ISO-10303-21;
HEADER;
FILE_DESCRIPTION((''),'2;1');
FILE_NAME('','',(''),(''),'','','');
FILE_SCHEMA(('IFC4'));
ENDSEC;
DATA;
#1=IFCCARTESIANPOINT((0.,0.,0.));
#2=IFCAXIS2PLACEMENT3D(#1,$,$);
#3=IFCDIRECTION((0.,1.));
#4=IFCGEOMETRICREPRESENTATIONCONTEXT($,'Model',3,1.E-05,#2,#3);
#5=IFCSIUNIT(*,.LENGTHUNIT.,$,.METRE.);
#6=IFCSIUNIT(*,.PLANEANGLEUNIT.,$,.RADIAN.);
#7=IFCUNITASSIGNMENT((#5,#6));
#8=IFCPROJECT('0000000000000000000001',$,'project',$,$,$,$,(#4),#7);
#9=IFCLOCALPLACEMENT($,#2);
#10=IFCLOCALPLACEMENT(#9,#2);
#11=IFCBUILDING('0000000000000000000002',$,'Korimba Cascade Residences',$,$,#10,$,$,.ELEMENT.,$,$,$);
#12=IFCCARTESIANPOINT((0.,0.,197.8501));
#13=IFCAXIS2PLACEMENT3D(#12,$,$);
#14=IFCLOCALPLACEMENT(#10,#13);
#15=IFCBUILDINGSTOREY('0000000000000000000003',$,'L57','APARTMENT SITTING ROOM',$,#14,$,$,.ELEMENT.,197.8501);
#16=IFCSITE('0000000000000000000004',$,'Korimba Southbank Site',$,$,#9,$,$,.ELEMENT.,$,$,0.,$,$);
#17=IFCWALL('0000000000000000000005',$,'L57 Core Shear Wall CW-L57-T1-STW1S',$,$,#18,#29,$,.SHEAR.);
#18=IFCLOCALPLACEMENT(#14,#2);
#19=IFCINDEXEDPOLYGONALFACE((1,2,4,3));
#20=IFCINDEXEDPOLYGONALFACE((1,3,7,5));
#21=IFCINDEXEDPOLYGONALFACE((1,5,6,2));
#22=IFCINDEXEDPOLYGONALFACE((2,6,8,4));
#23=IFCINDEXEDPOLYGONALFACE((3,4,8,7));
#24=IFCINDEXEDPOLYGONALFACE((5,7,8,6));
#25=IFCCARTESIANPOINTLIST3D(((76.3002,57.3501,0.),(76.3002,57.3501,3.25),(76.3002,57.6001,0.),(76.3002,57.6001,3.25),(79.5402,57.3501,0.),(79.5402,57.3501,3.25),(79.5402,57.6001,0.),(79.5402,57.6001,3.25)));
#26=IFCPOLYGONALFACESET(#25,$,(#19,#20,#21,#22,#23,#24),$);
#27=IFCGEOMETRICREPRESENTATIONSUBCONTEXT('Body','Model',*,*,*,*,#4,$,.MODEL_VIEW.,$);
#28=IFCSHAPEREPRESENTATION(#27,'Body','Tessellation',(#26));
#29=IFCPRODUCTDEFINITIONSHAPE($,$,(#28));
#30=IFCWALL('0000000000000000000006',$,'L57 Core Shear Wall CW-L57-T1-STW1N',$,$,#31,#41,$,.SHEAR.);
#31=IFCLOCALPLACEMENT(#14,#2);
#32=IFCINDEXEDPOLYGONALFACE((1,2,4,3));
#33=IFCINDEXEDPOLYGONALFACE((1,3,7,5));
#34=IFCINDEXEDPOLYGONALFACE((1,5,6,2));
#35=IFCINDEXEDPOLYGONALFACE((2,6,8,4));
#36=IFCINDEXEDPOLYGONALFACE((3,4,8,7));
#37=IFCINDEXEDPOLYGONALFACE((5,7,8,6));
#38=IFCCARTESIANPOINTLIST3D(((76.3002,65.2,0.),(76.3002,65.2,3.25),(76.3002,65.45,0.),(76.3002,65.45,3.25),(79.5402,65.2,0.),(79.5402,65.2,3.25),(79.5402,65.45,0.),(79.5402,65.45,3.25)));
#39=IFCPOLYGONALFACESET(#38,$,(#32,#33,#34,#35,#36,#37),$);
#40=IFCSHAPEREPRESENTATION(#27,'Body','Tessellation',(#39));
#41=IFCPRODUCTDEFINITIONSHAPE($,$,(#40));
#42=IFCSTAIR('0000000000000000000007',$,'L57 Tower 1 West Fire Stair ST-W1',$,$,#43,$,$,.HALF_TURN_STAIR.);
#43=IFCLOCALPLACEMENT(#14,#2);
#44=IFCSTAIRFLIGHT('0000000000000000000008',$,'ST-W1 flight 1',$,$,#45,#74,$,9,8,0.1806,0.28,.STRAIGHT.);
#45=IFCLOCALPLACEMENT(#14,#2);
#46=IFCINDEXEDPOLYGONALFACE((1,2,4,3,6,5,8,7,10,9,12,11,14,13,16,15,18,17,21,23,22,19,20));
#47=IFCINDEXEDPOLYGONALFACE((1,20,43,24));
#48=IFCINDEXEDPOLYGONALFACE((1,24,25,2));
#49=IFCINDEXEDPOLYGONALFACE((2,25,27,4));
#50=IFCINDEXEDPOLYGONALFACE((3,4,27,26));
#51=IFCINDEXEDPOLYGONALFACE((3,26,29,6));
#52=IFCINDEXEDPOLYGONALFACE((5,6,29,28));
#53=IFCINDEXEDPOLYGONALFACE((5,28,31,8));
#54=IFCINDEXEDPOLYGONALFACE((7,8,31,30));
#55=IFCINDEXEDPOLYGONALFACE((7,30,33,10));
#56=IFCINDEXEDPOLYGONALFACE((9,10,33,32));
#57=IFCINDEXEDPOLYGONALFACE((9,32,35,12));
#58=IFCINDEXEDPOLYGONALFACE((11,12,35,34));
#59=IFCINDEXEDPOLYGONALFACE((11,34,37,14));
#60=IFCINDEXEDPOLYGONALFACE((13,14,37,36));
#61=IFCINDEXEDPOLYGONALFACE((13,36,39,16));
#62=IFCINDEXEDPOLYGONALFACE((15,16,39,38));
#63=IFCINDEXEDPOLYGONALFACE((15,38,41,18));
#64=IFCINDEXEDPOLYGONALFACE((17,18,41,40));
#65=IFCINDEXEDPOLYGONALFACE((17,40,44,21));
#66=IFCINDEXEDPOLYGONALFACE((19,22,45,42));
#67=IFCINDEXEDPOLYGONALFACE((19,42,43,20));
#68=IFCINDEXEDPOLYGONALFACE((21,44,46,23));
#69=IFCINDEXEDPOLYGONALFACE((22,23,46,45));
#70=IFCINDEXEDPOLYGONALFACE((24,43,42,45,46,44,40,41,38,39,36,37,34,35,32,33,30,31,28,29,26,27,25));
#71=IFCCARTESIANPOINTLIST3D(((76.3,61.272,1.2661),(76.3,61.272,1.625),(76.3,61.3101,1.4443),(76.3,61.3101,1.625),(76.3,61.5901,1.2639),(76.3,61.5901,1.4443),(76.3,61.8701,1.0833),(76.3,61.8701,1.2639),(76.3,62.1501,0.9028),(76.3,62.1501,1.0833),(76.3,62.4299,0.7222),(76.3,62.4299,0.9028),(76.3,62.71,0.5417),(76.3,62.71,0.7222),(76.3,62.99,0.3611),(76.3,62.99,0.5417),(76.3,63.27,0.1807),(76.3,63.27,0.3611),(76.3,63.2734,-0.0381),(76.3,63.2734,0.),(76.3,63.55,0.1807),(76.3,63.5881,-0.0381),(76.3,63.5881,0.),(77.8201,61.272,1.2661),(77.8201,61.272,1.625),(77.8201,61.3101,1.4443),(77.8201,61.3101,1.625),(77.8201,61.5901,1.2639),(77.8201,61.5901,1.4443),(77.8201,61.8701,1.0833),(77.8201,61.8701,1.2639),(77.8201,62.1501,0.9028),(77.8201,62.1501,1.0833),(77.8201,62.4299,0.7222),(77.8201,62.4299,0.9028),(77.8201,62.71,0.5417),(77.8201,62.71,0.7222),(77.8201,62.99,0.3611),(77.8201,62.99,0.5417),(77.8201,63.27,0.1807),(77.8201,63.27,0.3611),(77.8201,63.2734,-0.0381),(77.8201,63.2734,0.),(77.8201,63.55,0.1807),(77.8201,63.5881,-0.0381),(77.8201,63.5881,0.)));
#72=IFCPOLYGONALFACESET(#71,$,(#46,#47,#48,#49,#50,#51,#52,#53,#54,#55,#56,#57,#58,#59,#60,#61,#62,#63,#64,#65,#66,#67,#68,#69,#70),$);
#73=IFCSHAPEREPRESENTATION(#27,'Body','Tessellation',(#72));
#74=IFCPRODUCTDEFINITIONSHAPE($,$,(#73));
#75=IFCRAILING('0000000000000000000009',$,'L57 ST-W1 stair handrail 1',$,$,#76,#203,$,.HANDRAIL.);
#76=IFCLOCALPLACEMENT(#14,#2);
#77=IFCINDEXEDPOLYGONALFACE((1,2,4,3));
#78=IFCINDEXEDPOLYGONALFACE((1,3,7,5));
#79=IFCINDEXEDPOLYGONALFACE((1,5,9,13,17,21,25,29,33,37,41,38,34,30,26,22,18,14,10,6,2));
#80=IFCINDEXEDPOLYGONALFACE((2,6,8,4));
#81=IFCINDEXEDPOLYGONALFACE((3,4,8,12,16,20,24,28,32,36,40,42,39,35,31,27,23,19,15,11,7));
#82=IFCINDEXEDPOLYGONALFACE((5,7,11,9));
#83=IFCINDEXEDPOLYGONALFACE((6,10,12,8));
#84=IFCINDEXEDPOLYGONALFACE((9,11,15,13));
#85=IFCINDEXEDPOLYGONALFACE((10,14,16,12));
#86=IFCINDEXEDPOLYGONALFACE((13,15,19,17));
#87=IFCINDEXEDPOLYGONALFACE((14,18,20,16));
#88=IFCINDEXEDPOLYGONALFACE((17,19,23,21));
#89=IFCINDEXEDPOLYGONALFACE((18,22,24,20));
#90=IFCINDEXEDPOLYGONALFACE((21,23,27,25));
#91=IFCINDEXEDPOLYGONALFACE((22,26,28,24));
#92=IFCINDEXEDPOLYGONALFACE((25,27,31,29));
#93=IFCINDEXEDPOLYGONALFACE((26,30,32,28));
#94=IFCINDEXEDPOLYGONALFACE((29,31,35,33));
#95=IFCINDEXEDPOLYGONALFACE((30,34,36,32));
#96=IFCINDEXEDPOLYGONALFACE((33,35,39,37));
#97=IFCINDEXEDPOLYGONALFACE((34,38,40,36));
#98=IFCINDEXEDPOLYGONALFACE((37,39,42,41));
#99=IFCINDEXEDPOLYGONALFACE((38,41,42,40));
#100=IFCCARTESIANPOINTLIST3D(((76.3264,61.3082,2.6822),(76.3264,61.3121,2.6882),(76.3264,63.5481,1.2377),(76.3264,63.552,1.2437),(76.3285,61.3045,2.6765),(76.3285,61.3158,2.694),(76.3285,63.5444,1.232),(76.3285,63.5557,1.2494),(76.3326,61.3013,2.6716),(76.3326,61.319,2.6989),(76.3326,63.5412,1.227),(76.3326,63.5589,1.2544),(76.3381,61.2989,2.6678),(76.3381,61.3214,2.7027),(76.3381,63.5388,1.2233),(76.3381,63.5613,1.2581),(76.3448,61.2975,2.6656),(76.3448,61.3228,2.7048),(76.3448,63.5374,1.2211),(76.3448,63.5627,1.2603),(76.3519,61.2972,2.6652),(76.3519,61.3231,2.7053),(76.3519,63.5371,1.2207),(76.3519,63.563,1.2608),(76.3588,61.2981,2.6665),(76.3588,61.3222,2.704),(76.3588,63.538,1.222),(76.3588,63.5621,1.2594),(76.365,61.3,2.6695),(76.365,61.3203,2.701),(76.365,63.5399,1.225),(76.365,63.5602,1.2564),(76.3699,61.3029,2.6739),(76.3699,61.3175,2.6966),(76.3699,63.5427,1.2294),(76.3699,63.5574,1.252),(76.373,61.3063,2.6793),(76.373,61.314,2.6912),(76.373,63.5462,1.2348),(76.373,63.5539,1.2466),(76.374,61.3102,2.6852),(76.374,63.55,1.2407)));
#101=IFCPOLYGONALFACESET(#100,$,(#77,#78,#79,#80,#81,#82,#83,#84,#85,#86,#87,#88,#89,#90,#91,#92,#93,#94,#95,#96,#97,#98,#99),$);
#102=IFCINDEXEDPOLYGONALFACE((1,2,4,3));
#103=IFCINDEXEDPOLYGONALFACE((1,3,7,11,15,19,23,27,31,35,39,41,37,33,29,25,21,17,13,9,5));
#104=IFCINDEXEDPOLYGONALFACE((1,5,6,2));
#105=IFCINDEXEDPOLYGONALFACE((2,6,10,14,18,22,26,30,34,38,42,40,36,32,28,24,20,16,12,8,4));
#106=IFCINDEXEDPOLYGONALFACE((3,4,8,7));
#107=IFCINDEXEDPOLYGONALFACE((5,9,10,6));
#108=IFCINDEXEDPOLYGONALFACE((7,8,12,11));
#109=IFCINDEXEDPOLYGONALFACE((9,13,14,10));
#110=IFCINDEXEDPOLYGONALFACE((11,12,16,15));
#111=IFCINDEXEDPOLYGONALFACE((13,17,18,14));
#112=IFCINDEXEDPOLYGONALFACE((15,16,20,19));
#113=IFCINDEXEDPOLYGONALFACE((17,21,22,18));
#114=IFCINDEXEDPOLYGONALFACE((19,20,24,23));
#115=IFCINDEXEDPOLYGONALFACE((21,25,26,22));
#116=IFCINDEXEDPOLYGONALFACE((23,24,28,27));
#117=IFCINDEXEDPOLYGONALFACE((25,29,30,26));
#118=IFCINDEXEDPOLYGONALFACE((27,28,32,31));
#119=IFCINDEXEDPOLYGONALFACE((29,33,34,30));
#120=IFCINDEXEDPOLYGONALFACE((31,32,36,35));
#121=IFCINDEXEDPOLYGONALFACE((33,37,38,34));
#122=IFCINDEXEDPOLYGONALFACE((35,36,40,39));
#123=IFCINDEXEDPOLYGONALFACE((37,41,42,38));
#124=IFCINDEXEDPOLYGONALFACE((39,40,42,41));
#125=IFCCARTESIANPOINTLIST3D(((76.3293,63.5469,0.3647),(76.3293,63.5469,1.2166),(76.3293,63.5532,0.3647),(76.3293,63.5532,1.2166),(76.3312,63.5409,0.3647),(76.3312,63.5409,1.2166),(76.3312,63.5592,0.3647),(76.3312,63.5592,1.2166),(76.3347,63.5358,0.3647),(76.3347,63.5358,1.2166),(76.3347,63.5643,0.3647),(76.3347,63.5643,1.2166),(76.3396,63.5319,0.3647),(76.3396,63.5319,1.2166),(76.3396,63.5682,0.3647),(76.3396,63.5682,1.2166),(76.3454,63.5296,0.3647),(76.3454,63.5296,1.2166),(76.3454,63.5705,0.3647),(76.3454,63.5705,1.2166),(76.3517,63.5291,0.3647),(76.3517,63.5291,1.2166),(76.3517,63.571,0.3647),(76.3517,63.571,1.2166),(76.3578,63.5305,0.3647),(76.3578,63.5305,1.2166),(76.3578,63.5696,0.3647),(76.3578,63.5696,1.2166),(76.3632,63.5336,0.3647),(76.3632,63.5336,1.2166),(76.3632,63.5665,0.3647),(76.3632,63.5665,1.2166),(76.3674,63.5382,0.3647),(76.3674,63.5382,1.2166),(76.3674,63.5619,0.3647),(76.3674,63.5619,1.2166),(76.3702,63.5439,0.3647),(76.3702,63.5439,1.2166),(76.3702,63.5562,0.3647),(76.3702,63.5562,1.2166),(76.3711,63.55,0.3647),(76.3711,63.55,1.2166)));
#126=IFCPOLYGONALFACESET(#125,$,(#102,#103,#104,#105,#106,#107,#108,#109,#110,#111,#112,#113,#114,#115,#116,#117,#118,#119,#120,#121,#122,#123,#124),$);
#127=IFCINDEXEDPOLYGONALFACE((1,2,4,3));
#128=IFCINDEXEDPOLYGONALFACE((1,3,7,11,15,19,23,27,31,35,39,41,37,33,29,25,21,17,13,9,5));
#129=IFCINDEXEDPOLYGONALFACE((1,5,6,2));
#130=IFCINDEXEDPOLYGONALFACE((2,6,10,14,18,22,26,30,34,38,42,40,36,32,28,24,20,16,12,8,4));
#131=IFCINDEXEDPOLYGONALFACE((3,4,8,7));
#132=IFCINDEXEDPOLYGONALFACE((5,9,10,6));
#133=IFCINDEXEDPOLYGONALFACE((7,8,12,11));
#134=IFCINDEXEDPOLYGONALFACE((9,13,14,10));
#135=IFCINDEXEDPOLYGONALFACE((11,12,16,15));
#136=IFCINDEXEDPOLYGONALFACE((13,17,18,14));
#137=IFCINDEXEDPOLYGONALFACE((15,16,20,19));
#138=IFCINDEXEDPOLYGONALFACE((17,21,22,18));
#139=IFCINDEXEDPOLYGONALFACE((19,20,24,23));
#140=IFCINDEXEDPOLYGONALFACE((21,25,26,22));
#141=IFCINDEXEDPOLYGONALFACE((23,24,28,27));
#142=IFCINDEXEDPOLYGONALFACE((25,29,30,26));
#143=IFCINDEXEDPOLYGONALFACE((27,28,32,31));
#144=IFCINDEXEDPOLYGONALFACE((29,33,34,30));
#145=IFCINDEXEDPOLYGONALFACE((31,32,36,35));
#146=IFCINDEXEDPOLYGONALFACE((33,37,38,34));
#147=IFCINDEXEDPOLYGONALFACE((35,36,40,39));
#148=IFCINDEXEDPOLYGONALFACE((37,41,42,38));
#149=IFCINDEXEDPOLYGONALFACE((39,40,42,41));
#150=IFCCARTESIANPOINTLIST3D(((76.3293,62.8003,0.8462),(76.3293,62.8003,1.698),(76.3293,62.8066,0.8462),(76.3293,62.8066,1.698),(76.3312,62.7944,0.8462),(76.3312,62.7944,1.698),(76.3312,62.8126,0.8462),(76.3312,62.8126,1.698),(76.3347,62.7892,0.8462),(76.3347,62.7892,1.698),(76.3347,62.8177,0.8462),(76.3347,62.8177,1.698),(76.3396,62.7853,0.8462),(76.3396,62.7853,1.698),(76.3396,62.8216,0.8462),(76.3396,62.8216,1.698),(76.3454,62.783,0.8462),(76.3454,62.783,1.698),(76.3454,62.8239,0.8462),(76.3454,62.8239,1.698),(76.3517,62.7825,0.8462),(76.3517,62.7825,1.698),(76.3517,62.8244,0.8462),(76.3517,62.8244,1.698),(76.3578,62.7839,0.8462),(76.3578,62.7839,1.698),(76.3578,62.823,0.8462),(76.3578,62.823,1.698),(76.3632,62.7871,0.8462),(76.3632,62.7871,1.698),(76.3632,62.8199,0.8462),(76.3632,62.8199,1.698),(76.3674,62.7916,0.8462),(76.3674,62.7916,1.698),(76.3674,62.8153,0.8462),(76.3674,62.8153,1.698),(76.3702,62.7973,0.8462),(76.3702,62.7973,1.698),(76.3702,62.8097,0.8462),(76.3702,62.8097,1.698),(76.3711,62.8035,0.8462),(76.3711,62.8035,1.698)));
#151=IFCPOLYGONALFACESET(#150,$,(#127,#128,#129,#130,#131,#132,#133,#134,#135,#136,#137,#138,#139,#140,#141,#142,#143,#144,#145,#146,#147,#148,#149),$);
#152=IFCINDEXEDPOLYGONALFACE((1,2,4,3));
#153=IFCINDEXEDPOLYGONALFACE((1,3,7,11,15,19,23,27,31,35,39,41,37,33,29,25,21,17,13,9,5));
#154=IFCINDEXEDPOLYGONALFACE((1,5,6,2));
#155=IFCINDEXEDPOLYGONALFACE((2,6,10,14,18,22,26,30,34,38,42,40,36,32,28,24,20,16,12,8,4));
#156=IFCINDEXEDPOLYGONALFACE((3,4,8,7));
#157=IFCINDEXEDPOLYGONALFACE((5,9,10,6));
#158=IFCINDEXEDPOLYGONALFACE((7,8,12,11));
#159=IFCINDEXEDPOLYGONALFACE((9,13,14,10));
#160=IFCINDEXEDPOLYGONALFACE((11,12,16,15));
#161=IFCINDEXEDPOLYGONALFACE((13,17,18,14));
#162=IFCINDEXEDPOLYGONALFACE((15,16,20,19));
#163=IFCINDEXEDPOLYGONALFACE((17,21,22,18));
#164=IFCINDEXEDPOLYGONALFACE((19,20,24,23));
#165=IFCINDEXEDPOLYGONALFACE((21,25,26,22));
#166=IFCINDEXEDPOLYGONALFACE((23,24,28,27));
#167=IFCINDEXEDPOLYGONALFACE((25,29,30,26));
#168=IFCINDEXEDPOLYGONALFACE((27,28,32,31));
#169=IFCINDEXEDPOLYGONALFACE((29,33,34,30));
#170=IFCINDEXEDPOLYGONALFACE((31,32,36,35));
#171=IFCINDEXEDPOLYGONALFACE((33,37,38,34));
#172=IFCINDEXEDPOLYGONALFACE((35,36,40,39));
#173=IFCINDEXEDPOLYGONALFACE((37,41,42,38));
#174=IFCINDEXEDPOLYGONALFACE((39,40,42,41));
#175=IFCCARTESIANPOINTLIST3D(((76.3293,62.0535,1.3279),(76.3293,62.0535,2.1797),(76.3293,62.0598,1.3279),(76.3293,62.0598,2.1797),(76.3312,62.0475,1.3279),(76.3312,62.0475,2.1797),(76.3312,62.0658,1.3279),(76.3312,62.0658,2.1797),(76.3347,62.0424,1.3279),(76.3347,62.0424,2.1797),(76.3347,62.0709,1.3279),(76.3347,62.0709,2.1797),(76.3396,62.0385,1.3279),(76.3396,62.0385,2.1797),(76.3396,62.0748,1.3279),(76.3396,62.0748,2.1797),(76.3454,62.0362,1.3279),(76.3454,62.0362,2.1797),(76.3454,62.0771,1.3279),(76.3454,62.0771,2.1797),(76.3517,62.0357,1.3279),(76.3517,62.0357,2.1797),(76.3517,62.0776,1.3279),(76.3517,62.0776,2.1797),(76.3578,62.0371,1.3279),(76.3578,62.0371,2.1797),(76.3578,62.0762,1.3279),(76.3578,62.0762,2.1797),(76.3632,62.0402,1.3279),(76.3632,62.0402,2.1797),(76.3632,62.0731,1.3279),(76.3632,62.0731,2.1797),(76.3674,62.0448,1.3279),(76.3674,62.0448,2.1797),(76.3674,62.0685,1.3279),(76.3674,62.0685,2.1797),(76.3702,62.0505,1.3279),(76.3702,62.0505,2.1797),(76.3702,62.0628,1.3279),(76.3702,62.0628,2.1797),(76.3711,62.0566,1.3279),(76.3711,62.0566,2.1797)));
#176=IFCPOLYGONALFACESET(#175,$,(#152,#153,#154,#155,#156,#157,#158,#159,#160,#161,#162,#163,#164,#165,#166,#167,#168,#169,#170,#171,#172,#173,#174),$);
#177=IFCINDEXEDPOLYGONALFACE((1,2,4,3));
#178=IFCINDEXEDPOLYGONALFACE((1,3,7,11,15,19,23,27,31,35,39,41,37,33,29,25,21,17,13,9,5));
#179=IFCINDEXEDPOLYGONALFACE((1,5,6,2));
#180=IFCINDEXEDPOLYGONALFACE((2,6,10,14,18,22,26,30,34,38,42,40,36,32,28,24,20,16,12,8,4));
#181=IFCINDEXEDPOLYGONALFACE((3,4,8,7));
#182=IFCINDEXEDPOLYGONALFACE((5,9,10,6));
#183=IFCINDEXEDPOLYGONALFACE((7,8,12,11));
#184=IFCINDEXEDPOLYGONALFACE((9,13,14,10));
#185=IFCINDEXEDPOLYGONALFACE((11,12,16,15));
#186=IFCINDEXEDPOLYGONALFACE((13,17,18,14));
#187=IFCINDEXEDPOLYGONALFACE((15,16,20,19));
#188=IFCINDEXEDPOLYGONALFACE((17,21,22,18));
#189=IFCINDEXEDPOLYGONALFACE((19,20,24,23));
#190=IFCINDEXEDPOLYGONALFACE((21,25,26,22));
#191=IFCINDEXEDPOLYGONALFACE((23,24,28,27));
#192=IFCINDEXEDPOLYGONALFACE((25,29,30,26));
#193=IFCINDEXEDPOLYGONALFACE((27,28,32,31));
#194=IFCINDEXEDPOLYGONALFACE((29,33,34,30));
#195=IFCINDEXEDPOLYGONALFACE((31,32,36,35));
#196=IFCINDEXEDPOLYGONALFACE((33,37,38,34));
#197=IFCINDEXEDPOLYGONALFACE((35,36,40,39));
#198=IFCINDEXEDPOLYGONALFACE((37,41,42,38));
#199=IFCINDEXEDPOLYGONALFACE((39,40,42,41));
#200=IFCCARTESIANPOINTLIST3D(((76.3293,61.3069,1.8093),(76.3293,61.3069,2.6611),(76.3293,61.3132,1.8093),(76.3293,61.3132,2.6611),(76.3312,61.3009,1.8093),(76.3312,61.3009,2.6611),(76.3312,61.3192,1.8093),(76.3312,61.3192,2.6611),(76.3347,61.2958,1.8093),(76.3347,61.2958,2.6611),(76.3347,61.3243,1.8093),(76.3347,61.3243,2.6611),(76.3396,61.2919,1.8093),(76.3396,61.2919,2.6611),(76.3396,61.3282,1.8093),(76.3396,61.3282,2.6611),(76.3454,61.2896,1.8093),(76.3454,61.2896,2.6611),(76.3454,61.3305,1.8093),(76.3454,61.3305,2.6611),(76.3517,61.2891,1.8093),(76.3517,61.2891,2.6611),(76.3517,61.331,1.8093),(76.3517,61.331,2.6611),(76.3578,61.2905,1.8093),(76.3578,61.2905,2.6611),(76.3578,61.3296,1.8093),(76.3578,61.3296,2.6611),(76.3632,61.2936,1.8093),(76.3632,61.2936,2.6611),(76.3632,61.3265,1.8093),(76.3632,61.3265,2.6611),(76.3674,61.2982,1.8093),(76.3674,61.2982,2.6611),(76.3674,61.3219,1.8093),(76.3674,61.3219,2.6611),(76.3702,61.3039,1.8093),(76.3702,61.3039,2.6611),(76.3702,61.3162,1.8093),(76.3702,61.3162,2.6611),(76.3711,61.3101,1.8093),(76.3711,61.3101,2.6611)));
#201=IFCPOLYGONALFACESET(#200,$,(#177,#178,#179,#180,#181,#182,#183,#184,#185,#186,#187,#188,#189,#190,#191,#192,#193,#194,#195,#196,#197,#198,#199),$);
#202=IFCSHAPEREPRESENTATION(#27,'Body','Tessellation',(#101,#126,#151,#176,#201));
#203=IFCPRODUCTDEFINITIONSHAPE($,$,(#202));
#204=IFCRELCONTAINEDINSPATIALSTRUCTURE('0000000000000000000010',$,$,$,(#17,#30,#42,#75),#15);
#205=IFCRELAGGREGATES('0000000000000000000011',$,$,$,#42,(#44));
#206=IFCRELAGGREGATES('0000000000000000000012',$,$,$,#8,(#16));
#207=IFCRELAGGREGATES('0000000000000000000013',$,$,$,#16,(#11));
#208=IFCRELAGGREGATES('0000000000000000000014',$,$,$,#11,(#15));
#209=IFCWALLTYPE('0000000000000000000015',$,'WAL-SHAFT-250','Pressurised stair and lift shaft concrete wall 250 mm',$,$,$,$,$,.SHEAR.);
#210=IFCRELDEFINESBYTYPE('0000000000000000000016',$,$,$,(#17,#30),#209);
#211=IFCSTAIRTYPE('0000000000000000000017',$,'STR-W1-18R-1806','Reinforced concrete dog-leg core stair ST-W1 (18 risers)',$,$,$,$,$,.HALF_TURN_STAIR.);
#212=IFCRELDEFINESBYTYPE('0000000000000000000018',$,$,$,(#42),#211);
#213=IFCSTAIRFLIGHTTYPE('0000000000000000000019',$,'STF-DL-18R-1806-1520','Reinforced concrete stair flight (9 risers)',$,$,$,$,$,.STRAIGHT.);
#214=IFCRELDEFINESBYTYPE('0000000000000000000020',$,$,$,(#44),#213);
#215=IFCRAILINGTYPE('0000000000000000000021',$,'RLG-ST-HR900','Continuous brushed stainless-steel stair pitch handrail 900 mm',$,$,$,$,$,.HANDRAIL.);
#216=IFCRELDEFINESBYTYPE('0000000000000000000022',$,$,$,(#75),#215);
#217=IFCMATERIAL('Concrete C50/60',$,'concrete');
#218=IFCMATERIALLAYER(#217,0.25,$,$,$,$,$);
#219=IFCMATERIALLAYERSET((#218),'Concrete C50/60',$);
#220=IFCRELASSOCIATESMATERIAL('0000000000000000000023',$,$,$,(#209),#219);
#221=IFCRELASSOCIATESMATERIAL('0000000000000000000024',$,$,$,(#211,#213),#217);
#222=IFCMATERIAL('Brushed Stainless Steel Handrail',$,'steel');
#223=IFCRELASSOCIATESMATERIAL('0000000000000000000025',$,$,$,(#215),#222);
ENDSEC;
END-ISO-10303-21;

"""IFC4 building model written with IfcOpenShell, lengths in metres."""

from ifc_helpers import new_model, si_unit, direction, frame, frame_2d, origin, origin_2d, place, context, subcontext, project, spatial, polyline, rectangle, circle, outline, extrude, material, layer, layer_set, type_object, element, aggregate, save


model = new_model("IFC4")

# Units and contexts
model_context = context("Model", 3, precision=1e-05, world=origin(), true_north=direction((0.0, 1.0)))
body_context = subcontext(model_context, "Body", "Model", "MODEL_VIEW")
ifc_project = project(units=[si_unit("LENGTHUNIT", "METRE"), si_unit("PLANEANGLEUNIT", "RADIAN")], contexts=[model_context])

# Site, building, storey
site_placement = place(None, origin())
site = spatial("IfcSite", under=ifc_project, at=site_placement, Name="Korimba Southbank Site", CompositionType="ELEMENT", RefElevation=0.0)
building_placement = place(site_placement, origin())
building = spatial("IfcBuilding", under=site, at=building_placement, Name="Korimba Cascade Residences", CompositionType="ELEMENT")
storey_placement = place(building_placement, frame((0.0, 0.0, 197.8501)))
storey = spatial("IfcBuildingStorey", under=building, at=storey_placement, Name="L57", Description="APARTMENT SITTING ROOM", CompositionType="ELEMENT", Elevation=197.8501)

# Walls
ifc_material_1 = material(Name="Concrete C50/60", Category="concrete")
ifc_layer_1 = layer(ifc_material_1, 0.25)
ifc_layer_set_1 = layer_set([ifc_layer_1], Name="Concrete C50/60")
wall_type_1 = type_object("IfcWallType", Name="WAL-SHAFT-250", Description="Pressurised stair and lift shaft concrete wall 250 mm", PredefinedType="SHEAR", material=ifc_layer_set_1)
for number, where, z_axis, x_axis, name in (
    (1, (76.3, 57.4751, 0.0), (0.0, 0.0, 1.0), (1.0, 0.0, 0.0), "L57 Core Shear Wall CW-L57-T1-STW1S"),
    (2, (76.3, 65.325, 0.0), (0.0, 0.0, 1.0), (1.0, 0.0, 0.0), "L57 Core Shear Wall CW-L57-T1-STW1N"),
):
    element("IfcWall", number, at=place(storey_placement, frame(where, z_axis=z_axis, x_axis=x_axis)), inside=storey, type_object=wall_type_1, Name=name, PredefinedType="SHEAR", context=body_context, shape_type="SweptSolid", body=[
        extrude(rectangle(XDim=3.24, YDim=0.25, at=frame_2d((1.6201, 0.0))), origin(), (0.0, 0.0, 1.0), 3.25),
    ])

# Stair, stair flight
stair_type = type_object("IfcStairType", Name="STR-W1-18R-1806", Description="Reinforced concrete dog-leg core stair ST-W1 (18 risers)", PredefinedType="HALF_TURN_STAIR", material=ifc_material_1)
stair_placement = place(storey_placement, origin())
stair = element("IfcStair", 3, at=stair_placement, inside=storey, type_object=stair_type, Name="L57 Tower 1 West Fire Stair ST-W1", PredefinedType="HALF_TURN_STAIR")
stair_flight_type = type_object("IfcStairFlightType", Name="STF-DL-18R-1806-1520", Description="Reinforced concrete stair flight (9 risers)", PredefinedType="STRAIGHT", material=ifc_material_1)
stair_flight_placement = place(storey_placement, frame((77.0601, 63.55, 0.0), z_axis=(0.0, 0.0, 1.0), x_axis=(0.0, -1.0, 0.0)))
stair_flight = element("IfcStairFlight", 4, at=stair_flight_placement, type_object=stair_flight_type, Name="ST-W1 flight 1", NumberOfRisers=9, NumberOfTreads=8, PredefinedType="STRAIGHT", RiserHeight=0.1806, TreadLength=0.28, context=body_context, shape_type="SweptSolid", body=[
    extrude(outline(polyline([(-0.0381, 0.0), (0.0, 0.1807), (0.28, 0.1807), (0.28, 0.3611), (0.5601, 0.3611), (0.5601, 0.5417), (0.8401, 0.5417), (0.8401, 0.7222), (1.1201, 0.7222), (1.1201, 0.9028), (1.3999, 0.9028), (1.3999, 1.0833), (1.6799, 1.0833), (1.6799, 1.2639), (1.96, 1.2639), (1.96, 1.4443), (2.24, 1.4443), (2.24, 1.625), (2.2781, 1.625), (2.2781, 1.2661), (0.2766, 0.0), (0.2766, -0.0381), (-0.0381, -0.0381), (-0.0381, 0.0)])), frame((0.0, 0.76, 0.0), z_axis=(0.0, -1.0, 0.0), x_axis=(1.0, 0.0, 0.0)), (0.0, 0.0, 1.0), 1.52),
])
aggregate(stair, [stair_flight])

# Railing
ifc_material_2 = material(Name="Brushed Stainless Steel Handrail", Category="steel")
railing_type = type_object("IfcRailingType", Name="RLG-ST-HR900", Description="Continuous brushed stainless-steel stair pitch handrail 900 mm", PredefinedType="HANDRAIL", material=ifc_material_2)
railing_placement = place(storey_placement, frame((76.3501, 63.55, 0.3647)))
element("IfcRailing", 5, at=railing_placement, inside=storey, type_object=railing_type, Name="L57 ST-W1 stair handrail 1", PredefinedType="HANDRAIL", context=body_context, shape_type="SweptSolid", body=[
    extrude(circle(Radius=0.0239, at=origin_2d()), frame((0.0, 0.0, 0.876), z_axis=(0.0, -0.840395, 0.541975), x_axis=(1.0, 0.0, 0.0)), (0.0, 0.0, 1.0), 2.6653),
    extrude(circle(Radius=0.021, at=origin_2d()), origin(), (0.0, 0.0, 1.0), 0.8518),
    extrude(circle(Radius=0.021, at=origin_2d()), frame((0.0, -0.7466, 0.4814)), (0.0, 0.0, 1.0), 0.8518),
    extrude(circle(Radius=0.021, at=origin_2d()), frame((0.0, -1.4934, 0.9631)), (0.0, 0.0, 1.0), 0.8518),
    extrude(circle(Radius=0.021, at=origin_2d()), frame((0.0, -2.24, 1.4446)), (0.0, 0.0, 1.0), 0.8518),
])

save(model, "model.ifc")
